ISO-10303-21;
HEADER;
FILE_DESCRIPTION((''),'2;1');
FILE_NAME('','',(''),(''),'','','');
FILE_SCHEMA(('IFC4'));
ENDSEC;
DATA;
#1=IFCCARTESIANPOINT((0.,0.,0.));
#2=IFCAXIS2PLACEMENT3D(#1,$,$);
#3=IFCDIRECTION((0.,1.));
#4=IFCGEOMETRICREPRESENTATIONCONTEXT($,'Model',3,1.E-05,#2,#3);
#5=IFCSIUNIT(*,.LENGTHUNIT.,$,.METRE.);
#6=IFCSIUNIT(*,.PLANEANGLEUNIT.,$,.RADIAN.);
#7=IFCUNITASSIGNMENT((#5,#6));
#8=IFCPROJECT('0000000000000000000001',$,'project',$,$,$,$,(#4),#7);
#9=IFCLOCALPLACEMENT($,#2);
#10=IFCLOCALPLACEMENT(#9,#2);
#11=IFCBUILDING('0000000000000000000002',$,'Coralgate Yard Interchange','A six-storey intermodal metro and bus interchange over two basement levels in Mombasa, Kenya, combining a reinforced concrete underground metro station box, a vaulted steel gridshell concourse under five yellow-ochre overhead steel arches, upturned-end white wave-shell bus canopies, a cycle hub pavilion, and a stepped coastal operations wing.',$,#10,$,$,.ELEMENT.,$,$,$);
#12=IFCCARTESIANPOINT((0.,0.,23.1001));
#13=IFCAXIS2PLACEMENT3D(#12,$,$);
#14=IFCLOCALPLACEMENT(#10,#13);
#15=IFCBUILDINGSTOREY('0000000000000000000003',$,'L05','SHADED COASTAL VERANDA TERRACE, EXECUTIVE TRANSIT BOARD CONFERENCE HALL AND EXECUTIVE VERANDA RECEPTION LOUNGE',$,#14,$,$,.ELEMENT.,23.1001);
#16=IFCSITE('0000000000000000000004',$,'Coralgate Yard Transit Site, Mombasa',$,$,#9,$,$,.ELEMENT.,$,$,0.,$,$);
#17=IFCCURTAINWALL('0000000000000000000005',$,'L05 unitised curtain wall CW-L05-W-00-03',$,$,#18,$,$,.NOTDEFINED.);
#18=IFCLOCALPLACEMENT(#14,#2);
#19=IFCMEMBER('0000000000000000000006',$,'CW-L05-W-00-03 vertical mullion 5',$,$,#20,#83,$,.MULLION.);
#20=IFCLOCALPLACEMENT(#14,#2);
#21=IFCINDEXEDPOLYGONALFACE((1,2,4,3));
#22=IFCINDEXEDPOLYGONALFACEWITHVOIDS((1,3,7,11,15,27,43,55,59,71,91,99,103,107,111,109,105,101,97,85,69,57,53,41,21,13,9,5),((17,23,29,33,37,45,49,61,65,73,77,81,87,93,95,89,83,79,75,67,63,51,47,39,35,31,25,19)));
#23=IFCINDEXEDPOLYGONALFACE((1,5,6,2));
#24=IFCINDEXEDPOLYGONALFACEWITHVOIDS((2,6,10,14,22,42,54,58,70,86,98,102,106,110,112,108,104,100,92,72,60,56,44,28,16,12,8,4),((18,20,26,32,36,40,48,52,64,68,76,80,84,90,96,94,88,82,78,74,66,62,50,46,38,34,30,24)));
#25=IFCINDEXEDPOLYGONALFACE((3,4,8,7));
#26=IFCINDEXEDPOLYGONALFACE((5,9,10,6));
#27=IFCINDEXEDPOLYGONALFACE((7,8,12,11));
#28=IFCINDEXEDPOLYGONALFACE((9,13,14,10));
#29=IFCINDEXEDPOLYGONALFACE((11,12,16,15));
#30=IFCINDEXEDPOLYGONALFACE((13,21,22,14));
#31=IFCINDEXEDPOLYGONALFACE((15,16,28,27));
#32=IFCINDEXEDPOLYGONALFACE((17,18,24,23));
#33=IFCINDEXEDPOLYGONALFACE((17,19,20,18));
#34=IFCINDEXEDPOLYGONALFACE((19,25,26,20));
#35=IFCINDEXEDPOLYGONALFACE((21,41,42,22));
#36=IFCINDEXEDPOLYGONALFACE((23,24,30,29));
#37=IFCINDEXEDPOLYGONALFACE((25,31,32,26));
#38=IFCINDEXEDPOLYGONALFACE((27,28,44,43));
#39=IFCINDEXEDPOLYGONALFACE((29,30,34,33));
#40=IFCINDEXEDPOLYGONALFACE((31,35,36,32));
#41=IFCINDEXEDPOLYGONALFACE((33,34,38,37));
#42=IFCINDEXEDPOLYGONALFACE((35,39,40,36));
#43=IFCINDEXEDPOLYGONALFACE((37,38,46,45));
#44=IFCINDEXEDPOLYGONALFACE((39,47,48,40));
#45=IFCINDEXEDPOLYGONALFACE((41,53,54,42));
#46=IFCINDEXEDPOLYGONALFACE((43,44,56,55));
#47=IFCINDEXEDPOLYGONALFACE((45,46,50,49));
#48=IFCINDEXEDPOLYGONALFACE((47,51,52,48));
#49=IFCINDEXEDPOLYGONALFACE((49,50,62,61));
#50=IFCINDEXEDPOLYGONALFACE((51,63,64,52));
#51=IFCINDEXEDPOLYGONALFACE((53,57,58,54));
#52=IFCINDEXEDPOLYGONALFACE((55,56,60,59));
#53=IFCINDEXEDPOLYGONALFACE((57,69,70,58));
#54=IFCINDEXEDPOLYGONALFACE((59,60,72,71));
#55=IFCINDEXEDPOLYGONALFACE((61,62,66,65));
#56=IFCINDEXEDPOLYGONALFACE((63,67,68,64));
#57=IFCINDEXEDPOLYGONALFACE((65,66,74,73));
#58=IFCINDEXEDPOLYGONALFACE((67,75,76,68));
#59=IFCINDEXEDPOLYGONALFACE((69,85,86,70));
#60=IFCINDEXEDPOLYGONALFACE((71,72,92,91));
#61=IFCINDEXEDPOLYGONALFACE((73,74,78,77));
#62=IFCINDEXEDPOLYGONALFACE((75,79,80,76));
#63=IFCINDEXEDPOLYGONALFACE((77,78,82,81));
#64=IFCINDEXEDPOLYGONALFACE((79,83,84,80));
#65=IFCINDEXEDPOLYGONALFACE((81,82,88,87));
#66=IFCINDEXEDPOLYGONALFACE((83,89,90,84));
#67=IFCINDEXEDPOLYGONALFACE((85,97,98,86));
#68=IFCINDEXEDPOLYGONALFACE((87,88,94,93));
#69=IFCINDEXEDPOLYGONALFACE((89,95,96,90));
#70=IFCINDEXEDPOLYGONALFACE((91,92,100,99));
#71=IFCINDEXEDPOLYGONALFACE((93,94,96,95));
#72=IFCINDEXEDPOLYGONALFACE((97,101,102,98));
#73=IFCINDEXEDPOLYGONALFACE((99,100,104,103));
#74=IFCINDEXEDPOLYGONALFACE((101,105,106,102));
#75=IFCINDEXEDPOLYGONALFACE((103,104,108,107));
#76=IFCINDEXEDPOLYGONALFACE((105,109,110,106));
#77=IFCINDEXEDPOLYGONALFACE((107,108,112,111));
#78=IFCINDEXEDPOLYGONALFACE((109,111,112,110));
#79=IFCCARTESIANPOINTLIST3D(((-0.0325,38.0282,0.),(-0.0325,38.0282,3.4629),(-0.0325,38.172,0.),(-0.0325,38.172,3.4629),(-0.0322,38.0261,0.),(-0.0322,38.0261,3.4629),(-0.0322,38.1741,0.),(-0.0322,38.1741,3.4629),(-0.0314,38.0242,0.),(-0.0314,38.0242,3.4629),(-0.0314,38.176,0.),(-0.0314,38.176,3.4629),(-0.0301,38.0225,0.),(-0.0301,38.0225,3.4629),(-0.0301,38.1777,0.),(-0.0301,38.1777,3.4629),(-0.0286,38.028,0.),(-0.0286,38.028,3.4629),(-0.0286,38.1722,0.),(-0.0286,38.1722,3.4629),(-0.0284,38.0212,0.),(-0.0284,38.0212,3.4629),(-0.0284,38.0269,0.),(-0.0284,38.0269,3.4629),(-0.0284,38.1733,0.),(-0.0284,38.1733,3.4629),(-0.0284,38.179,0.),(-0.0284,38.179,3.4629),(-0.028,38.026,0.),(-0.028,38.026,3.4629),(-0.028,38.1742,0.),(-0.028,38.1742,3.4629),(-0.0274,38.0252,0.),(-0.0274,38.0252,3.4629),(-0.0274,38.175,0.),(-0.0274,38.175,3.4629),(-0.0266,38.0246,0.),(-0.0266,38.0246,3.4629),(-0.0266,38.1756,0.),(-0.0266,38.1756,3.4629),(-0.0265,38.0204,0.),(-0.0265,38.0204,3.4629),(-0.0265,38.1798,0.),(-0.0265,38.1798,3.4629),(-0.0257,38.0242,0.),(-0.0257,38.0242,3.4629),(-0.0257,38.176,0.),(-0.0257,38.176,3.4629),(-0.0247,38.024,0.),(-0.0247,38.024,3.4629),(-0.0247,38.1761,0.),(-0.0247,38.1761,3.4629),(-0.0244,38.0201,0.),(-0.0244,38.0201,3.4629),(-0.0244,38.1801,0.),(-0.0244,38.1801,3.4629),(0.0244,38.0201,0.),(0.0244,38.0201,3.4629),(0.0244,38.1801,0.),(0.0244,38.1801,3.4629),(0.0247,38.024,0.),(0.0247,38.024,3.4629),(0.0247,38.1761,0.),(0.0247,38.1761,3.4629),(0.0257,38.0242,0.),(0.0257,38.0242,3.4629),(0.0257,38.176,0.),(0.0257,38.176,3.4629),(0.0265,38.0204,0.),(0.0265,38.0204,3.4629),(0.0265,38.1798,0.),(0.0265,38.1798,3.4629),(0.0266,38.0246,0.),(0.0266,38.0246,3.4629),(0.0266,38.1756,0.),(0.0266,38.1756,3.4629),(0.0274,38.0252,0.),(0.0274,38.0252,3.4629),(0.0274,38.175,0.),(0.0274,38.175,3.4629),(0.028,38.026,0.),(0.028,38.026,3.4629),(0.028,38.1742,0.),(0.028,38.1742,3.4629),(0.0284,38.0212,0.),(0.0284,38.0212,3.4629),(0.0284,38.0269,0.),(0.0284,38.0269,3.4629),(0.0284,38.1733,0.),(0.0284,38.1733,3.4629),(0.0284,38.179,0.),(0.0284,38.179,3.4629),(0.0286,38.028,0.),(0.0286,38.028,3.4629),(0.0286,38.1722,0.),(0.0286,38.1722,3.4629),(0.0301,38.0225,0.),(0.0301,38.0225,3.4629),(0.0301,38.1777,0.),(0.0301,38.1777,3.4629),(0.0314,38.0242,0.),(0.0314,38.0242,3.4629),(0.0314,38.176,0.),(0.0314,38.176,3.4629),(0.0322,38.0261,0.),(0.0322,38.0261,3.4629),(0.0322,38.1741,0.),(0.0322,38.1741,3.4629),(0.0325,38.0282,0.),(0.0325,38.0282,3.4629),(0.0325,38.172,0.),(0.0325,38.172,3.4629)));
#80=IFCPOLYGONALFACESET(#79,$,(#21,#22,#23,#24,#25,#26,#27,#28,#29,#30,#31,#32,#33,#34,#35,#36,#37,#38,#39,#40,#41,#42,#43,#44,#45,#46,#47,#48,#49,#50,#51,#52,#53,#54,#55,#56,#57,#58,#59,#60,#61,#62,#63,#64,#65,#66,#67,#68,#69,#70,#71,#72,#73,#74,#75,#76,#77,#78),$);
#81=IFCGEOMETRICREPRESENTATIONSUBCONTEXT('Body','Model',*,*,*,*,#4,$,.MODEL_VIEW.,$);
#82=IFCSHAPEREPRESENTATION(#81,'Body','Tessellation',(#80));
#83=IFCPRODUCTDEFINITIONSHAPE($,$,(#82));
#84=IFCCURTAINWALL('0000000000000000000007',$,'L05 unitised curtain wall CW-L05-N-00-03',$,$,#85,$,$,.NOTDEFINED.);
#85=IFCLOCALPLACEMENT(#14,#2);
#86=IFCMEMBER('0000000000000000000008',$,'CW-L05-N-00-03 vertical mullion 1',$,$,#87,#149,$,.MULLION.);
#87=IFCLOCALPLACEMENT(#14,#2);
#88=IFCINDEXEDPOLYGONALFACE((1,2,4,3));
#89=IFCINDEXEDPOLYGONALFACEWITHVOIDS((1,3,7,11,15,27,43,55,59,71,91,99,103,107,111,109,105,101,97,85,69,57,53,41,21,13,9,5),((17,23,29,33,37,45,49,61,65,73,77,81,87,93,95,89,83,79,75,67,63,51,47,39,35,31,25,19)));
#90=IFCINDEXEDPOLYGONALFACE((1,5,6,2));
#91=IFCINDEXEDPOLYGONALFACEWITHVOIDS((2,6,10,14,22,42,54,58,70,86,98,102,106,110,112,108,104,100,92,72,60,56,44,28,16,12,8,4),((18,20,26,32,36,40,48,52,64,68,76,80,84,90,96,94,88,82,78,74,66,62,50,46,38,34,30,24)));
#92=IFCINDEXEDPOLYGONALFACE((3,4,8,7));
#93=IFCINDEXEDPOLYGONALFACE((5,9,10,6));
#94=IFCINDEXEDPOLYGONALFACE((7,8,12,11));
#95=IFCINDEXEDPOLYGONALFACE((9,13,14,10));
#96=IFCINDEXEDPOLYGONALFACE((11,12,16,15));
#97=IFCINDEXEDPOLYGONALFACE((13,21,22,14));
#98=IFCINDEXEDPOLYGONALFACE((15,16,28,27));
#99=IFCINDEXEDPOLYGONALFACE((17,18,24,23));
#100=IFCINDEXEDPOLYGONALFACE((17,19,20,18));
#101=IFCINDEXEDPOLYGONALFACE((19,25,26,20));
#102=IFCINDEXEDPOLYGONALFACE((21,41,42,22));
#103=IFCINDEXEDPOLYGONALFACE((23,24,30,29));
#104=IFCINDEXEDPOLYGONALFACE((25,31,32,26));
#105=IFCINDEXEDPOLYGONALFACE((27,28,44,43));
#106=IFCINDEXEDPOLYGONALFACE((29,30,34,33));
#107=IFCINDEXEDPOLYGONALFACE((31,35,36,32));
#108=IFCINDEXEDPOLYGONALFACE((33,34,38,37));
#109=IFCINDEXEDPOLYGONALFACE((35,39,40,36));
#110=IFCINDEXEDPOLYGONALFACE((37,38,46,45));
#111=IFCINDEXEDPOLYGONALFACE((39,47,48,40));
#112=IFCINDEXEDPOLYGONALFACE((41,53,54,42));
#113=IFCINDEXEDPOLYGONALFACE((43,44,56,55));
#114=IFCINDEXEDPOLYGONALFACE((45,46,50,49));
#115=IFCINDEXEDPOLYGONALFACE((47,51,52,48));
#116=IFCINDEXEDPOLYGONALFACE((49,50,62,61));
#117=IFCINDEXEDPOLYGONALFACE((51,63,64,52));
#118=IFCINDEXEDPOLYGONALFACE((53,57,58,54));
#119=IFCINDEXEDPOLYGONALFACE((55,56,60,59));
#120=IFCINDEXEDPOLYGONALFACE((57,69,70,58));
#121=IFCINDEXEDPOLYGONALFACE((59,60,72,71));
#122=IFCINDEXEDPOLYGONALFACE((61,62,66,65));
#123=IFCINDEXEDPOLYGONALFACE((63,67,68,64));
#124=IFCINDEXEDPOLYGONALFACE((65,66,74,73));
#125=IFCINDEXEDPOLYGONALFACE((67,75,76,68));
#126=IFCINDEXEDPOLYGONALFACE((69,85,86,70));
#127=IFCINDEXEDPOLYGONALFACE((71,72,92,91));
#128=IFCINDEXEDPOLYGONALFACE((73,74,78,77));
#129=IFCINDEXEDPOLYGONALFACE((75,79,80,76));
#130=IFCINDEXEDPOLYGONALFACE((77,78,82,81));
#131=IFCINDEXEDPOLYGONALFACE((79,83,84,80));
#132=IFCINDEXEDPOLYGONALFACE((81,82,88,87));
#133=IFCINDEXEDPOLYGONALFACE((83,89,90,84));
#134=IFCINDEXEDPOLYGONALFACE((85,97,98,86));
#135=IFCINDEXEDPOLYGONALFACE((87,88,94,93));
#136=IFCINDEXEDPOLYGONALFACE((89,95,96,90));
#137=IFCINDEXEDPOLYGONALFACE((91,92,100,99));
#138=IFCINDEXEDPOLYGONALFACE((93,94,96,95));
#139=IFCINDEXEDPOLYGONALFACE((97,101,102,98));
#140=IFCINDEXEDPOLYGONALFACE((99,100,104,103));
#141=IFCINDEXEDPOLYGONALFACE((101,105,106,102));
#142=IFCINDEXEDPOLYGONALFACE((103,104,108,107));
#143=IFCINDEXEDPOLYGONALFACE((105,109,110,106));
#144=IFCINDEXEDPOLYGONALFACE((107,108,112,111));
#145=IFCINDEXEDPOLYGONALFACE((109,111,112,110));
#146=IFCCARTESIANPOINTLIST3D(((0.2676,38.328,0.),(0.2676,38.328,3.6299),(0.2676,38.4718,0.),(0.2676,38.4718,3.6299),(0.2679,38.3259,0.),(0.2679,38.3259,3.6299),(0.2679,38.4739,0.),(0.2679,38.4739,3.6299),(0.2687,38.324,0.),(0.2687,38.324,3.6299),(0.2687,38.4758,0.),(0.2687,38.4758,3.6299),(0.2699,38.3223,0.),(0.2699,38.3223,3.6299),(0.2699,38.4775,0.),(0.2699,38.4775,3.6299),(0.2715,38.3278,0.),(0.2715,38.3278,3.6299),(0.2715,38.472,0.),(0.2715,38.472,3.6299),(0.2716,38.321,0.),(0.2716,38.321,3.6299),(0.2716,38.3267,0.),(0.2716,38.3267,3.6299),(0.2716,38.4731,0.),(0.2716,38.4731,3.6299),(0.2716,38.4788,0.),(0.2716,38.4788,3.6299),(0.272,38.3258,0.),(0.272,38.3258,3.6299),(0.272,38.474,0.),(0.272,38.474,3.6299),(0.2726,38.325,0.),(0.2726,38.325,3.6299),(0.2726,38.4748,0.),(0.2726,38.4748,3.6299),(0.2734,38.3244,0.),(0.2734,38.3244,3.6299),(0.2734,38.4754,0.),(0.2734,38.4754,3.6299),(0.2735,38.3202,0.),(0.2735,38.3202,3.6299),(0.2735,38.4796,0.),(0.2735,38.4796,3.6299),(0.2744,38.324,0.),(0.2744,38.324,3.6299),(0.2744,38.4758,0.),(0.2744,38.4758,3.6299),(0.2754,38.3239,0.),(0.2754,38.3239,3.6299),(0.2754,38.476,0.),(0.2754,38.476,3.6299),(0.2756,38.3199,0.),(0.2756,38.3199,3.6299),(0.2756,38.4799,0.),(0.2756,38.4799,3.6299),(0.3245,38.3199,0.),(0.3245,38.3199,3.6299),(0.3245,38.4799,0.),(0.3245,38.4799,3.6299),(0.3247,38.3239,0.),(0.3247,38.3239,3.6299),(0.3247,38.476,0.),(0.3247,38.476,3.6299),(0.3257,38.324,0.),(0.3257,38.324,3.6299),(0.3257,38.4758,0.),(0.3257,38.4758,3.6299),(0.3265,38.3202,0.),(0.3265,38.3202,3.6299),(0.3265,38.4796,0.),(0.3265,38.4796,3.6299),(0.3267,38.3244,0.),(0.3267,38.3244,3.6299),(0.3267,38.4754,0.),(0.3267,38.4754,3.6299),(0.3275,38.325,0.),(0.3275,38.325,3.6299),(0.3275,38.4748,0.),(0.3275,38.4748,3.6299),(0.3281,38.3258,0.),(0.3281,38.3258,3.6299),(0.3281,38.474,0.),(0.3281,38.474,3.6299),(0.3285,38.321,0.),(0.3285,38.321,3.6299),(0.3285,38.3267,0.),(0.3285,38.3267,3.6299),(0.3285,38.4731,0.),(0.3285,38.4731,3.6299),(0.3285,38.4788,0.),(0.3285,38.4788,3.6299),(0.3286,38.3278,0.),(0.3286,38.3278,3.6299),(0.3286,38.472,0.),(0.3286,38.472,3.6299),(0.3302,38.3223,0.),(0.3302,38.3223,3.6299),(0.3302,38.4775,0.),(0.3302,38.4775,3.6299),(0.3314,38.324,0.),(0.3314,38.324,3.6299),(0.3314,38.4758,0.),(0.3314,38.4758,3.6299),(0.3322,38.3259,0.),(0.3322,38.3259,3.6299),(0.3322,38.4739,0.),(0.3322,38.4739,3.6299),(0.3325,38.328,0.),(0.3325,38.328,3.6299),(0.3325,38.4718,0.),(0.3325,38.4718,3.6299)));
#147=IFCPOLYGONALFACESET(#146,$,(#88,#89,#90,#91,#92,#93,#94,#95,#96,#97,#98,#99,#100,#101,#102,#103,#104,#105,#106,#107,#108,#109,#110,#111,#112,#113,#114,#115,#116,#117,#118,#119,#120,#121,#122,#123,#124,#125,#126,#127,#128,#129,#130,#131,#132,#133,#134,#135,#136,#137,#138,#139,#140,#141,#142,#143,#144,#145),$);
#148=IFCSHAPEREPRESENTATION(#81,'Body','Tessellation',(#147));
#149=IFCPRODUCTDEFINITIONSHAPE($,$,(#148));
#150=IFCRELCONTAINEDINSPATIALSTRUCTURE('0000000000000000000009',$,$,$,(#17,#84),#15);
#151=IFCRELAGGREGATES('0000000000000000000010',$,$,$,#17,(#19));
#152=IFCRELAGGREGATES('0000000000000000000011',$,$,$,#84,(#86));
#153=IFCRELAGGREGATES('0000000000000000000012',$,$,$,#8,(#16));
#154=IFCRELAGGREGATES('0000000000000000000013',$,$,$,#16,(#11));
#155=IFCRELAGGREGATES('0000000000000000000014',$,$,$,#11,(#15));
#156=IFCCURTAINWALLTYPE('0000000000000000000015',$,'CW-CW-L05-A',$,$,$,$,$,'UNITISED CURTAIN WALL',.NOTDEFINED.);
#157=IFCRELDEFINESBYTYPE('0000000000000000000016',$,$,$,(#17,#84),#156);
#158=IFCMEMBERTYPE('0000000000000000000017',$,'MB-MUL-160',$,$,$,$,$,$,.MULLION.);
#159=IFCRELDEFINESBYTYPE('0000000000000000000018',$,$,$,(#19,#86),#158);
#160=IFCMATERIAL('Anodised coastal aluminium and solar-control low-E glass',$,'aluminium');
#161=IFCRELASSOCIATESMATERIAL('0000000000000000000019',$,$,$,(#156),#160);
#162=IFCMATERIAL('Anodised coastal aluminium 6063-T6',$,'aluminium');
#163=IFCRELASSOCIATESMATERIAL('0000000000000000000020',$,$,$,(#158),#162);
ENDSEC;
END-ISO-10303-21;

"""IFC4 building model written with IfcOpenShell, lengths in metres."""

from ifc_helpers import new_model, si_unit, direction, frame, origin, origin_2d, place, context, subcontext, project, spatial, hollow_rectangle, extrude, material, material_profile, profile_set, type_object, element, aggregate, save


model = new_model("IFC4")

# Units and contexts
model_context = context("Model", 3, precision=1e-05, world=origin(), true_north=direction((0.0, 1.0)))
body_context = subcontext(model_context, "Body", "Model", "MODEL_VIEW")
ifc_project = project(units=[si_unit("LENGTHUNIT", "METRE"), si_unit("PLANEANGLEUNIT", "RADIAN")], contexts=[model_context])

# Site, building, storey
site_placement = place(None, origin())
site = spatial("IfcSite", under=ifc_project, at=site_placement, Name="Coralgate Yard Transit Site, Mombasa", CompositionType="ELEMENT", RefElevation=0.0)
building_placement = place(site_placement, origin())
building = spatial("IfcBuilding", under=site, at=building_placement, Name="Coralgate Yard Interchange", Description="A six-storey intermodal metro and bus interchange over two basement levels in Mombasa, Kenya, combining a reinforced concrete underground metro station box, a vaulted steel gridshell concourse under five yellow-ochre overhead steel arches, upturned-end white wave-shell bus canopies, a cycle hub pavilion, and a stepped coastal operations wing.", CompositionType="ELEMENT")
storey_placement = place(building_placement, frame((0.0, 0.0, 23.1001)))
storey = spatial("IfcBuildingStorey", under=building, at=storey_placement, Name="L05", Description="SHADED COASTAL VERANDA TERRACE, EXECUTIVE TRANSIT BOARD CONFERENCE HALL AND EXECUTIVE VERANDA RECEPTION LOUNGE", CompositionType="ELEMENT", Elevation=23.1001)

# Curtain walls, members
ifc_material_1 = material(Name="Anodised coastal aluminium and solar-control low-E glass", Category="aluminium")
curtain_wall_type = type_object("IfcCurtainWallType", Name="CW-CW-L05-A", ElementType="UNITISED CURTAIN WALL", PredefinedType="NOTDEFINED", material=ifc_material_1)
curtain_wall_1_placement = place(storey_placement, origin())
curtain_wall_1 = element("IfcCurtainWall", 1, at=curtain_wall_1_placement, inside=storey, type_object=curtain_wall_type, Name="L05 unitised curtain wall CW-L05-W-00-03", PredefinedType="NOTDEFINED")
ifc_material_2 = material(Name="Anodised coastal aluminium 6063-T6", Category="aluminium")
ifc_material_profile_1 = material_profile(ifc_material_2, hollow_rectangle(XDim=0.0649, YDim=0.1599, WallThickness=0.0039, InnerFilletRadius=0.0039, OuterFilletRadius=0.0081, at=origin_2d()), Name="ALU 65x160x4")
ifc_profile_set_1 = profile_set([ifc_material_profile_1], Name="Anodised coastal aluminium 6063-T6")
member_type_1 = type_object("IfcMemberType", Name="MB-MUL-160", PredefinedType="MULLION", material=ifc_profile_set_1)
member_1_placement = place(storey_placement, frame((0.0, 38.1001, 0.0), z_axis=(0.0, 0.0, 1.0), x_axis=(1.0, 0.0, 0.0)))
member_1 = element("IfcMember", 2, at=member_1_placement, type_object=member_type_1, Name="CW-L05-W-00-03 vertical mullion 5", PredefinedType="MULLION", context=body_context, shape_type="SweptSolid", body=[
    extrude(hollow_rectangle(XDim=0.0649, YDim=0.1599, WallThickness=0.0039, InnerFilletRadius=0.0039, OuterFilletRadius=0.0081, at=origin_2d()), origin(), (0.0, 0.0, 1.0), 3.4629),
])
curtain_wall_2_placement = place(storey_placement, origin())
curtain_wall_2 = element("IfcCurtainWall", 3, at=curtain_wall_2_placement, inside=storey, type_object=curtain_wall_type, Name="L05 unitised curtain wall CW-L05-N-00-03", PredefinedType="NOTDEFINED")
member_2_placement = place(storey_placement, frame((0.3, 38.3999, 0.0), z_axis=(0.0, 0.0, 1.0), x_axis=(1.0, 0.0, 0.0)))
member_2 = element("IfcMember", 4, at=member_2_placement, type_object=member_type_1, Name="CW-L05-N-00-03 vertical mullion 1", PredefinedType="MULLION", context=body_context, shape_type="SweptSolid", body=[
    extrude(hollow_rectangle(XDim=0.0649, YDim=0.1599, WallThickness=0.0039, InnerFilletRadius=0.0039, OuterFilletRadius=0.0081, at=origin_2d()), origin(), (0.0, 0.0, 1.0), 3.6299),
])

aggregate(curtain_wall_1, [member_1])
aggregate(curtain_wall_2, [member_2])

save(model, "model.ifc")
